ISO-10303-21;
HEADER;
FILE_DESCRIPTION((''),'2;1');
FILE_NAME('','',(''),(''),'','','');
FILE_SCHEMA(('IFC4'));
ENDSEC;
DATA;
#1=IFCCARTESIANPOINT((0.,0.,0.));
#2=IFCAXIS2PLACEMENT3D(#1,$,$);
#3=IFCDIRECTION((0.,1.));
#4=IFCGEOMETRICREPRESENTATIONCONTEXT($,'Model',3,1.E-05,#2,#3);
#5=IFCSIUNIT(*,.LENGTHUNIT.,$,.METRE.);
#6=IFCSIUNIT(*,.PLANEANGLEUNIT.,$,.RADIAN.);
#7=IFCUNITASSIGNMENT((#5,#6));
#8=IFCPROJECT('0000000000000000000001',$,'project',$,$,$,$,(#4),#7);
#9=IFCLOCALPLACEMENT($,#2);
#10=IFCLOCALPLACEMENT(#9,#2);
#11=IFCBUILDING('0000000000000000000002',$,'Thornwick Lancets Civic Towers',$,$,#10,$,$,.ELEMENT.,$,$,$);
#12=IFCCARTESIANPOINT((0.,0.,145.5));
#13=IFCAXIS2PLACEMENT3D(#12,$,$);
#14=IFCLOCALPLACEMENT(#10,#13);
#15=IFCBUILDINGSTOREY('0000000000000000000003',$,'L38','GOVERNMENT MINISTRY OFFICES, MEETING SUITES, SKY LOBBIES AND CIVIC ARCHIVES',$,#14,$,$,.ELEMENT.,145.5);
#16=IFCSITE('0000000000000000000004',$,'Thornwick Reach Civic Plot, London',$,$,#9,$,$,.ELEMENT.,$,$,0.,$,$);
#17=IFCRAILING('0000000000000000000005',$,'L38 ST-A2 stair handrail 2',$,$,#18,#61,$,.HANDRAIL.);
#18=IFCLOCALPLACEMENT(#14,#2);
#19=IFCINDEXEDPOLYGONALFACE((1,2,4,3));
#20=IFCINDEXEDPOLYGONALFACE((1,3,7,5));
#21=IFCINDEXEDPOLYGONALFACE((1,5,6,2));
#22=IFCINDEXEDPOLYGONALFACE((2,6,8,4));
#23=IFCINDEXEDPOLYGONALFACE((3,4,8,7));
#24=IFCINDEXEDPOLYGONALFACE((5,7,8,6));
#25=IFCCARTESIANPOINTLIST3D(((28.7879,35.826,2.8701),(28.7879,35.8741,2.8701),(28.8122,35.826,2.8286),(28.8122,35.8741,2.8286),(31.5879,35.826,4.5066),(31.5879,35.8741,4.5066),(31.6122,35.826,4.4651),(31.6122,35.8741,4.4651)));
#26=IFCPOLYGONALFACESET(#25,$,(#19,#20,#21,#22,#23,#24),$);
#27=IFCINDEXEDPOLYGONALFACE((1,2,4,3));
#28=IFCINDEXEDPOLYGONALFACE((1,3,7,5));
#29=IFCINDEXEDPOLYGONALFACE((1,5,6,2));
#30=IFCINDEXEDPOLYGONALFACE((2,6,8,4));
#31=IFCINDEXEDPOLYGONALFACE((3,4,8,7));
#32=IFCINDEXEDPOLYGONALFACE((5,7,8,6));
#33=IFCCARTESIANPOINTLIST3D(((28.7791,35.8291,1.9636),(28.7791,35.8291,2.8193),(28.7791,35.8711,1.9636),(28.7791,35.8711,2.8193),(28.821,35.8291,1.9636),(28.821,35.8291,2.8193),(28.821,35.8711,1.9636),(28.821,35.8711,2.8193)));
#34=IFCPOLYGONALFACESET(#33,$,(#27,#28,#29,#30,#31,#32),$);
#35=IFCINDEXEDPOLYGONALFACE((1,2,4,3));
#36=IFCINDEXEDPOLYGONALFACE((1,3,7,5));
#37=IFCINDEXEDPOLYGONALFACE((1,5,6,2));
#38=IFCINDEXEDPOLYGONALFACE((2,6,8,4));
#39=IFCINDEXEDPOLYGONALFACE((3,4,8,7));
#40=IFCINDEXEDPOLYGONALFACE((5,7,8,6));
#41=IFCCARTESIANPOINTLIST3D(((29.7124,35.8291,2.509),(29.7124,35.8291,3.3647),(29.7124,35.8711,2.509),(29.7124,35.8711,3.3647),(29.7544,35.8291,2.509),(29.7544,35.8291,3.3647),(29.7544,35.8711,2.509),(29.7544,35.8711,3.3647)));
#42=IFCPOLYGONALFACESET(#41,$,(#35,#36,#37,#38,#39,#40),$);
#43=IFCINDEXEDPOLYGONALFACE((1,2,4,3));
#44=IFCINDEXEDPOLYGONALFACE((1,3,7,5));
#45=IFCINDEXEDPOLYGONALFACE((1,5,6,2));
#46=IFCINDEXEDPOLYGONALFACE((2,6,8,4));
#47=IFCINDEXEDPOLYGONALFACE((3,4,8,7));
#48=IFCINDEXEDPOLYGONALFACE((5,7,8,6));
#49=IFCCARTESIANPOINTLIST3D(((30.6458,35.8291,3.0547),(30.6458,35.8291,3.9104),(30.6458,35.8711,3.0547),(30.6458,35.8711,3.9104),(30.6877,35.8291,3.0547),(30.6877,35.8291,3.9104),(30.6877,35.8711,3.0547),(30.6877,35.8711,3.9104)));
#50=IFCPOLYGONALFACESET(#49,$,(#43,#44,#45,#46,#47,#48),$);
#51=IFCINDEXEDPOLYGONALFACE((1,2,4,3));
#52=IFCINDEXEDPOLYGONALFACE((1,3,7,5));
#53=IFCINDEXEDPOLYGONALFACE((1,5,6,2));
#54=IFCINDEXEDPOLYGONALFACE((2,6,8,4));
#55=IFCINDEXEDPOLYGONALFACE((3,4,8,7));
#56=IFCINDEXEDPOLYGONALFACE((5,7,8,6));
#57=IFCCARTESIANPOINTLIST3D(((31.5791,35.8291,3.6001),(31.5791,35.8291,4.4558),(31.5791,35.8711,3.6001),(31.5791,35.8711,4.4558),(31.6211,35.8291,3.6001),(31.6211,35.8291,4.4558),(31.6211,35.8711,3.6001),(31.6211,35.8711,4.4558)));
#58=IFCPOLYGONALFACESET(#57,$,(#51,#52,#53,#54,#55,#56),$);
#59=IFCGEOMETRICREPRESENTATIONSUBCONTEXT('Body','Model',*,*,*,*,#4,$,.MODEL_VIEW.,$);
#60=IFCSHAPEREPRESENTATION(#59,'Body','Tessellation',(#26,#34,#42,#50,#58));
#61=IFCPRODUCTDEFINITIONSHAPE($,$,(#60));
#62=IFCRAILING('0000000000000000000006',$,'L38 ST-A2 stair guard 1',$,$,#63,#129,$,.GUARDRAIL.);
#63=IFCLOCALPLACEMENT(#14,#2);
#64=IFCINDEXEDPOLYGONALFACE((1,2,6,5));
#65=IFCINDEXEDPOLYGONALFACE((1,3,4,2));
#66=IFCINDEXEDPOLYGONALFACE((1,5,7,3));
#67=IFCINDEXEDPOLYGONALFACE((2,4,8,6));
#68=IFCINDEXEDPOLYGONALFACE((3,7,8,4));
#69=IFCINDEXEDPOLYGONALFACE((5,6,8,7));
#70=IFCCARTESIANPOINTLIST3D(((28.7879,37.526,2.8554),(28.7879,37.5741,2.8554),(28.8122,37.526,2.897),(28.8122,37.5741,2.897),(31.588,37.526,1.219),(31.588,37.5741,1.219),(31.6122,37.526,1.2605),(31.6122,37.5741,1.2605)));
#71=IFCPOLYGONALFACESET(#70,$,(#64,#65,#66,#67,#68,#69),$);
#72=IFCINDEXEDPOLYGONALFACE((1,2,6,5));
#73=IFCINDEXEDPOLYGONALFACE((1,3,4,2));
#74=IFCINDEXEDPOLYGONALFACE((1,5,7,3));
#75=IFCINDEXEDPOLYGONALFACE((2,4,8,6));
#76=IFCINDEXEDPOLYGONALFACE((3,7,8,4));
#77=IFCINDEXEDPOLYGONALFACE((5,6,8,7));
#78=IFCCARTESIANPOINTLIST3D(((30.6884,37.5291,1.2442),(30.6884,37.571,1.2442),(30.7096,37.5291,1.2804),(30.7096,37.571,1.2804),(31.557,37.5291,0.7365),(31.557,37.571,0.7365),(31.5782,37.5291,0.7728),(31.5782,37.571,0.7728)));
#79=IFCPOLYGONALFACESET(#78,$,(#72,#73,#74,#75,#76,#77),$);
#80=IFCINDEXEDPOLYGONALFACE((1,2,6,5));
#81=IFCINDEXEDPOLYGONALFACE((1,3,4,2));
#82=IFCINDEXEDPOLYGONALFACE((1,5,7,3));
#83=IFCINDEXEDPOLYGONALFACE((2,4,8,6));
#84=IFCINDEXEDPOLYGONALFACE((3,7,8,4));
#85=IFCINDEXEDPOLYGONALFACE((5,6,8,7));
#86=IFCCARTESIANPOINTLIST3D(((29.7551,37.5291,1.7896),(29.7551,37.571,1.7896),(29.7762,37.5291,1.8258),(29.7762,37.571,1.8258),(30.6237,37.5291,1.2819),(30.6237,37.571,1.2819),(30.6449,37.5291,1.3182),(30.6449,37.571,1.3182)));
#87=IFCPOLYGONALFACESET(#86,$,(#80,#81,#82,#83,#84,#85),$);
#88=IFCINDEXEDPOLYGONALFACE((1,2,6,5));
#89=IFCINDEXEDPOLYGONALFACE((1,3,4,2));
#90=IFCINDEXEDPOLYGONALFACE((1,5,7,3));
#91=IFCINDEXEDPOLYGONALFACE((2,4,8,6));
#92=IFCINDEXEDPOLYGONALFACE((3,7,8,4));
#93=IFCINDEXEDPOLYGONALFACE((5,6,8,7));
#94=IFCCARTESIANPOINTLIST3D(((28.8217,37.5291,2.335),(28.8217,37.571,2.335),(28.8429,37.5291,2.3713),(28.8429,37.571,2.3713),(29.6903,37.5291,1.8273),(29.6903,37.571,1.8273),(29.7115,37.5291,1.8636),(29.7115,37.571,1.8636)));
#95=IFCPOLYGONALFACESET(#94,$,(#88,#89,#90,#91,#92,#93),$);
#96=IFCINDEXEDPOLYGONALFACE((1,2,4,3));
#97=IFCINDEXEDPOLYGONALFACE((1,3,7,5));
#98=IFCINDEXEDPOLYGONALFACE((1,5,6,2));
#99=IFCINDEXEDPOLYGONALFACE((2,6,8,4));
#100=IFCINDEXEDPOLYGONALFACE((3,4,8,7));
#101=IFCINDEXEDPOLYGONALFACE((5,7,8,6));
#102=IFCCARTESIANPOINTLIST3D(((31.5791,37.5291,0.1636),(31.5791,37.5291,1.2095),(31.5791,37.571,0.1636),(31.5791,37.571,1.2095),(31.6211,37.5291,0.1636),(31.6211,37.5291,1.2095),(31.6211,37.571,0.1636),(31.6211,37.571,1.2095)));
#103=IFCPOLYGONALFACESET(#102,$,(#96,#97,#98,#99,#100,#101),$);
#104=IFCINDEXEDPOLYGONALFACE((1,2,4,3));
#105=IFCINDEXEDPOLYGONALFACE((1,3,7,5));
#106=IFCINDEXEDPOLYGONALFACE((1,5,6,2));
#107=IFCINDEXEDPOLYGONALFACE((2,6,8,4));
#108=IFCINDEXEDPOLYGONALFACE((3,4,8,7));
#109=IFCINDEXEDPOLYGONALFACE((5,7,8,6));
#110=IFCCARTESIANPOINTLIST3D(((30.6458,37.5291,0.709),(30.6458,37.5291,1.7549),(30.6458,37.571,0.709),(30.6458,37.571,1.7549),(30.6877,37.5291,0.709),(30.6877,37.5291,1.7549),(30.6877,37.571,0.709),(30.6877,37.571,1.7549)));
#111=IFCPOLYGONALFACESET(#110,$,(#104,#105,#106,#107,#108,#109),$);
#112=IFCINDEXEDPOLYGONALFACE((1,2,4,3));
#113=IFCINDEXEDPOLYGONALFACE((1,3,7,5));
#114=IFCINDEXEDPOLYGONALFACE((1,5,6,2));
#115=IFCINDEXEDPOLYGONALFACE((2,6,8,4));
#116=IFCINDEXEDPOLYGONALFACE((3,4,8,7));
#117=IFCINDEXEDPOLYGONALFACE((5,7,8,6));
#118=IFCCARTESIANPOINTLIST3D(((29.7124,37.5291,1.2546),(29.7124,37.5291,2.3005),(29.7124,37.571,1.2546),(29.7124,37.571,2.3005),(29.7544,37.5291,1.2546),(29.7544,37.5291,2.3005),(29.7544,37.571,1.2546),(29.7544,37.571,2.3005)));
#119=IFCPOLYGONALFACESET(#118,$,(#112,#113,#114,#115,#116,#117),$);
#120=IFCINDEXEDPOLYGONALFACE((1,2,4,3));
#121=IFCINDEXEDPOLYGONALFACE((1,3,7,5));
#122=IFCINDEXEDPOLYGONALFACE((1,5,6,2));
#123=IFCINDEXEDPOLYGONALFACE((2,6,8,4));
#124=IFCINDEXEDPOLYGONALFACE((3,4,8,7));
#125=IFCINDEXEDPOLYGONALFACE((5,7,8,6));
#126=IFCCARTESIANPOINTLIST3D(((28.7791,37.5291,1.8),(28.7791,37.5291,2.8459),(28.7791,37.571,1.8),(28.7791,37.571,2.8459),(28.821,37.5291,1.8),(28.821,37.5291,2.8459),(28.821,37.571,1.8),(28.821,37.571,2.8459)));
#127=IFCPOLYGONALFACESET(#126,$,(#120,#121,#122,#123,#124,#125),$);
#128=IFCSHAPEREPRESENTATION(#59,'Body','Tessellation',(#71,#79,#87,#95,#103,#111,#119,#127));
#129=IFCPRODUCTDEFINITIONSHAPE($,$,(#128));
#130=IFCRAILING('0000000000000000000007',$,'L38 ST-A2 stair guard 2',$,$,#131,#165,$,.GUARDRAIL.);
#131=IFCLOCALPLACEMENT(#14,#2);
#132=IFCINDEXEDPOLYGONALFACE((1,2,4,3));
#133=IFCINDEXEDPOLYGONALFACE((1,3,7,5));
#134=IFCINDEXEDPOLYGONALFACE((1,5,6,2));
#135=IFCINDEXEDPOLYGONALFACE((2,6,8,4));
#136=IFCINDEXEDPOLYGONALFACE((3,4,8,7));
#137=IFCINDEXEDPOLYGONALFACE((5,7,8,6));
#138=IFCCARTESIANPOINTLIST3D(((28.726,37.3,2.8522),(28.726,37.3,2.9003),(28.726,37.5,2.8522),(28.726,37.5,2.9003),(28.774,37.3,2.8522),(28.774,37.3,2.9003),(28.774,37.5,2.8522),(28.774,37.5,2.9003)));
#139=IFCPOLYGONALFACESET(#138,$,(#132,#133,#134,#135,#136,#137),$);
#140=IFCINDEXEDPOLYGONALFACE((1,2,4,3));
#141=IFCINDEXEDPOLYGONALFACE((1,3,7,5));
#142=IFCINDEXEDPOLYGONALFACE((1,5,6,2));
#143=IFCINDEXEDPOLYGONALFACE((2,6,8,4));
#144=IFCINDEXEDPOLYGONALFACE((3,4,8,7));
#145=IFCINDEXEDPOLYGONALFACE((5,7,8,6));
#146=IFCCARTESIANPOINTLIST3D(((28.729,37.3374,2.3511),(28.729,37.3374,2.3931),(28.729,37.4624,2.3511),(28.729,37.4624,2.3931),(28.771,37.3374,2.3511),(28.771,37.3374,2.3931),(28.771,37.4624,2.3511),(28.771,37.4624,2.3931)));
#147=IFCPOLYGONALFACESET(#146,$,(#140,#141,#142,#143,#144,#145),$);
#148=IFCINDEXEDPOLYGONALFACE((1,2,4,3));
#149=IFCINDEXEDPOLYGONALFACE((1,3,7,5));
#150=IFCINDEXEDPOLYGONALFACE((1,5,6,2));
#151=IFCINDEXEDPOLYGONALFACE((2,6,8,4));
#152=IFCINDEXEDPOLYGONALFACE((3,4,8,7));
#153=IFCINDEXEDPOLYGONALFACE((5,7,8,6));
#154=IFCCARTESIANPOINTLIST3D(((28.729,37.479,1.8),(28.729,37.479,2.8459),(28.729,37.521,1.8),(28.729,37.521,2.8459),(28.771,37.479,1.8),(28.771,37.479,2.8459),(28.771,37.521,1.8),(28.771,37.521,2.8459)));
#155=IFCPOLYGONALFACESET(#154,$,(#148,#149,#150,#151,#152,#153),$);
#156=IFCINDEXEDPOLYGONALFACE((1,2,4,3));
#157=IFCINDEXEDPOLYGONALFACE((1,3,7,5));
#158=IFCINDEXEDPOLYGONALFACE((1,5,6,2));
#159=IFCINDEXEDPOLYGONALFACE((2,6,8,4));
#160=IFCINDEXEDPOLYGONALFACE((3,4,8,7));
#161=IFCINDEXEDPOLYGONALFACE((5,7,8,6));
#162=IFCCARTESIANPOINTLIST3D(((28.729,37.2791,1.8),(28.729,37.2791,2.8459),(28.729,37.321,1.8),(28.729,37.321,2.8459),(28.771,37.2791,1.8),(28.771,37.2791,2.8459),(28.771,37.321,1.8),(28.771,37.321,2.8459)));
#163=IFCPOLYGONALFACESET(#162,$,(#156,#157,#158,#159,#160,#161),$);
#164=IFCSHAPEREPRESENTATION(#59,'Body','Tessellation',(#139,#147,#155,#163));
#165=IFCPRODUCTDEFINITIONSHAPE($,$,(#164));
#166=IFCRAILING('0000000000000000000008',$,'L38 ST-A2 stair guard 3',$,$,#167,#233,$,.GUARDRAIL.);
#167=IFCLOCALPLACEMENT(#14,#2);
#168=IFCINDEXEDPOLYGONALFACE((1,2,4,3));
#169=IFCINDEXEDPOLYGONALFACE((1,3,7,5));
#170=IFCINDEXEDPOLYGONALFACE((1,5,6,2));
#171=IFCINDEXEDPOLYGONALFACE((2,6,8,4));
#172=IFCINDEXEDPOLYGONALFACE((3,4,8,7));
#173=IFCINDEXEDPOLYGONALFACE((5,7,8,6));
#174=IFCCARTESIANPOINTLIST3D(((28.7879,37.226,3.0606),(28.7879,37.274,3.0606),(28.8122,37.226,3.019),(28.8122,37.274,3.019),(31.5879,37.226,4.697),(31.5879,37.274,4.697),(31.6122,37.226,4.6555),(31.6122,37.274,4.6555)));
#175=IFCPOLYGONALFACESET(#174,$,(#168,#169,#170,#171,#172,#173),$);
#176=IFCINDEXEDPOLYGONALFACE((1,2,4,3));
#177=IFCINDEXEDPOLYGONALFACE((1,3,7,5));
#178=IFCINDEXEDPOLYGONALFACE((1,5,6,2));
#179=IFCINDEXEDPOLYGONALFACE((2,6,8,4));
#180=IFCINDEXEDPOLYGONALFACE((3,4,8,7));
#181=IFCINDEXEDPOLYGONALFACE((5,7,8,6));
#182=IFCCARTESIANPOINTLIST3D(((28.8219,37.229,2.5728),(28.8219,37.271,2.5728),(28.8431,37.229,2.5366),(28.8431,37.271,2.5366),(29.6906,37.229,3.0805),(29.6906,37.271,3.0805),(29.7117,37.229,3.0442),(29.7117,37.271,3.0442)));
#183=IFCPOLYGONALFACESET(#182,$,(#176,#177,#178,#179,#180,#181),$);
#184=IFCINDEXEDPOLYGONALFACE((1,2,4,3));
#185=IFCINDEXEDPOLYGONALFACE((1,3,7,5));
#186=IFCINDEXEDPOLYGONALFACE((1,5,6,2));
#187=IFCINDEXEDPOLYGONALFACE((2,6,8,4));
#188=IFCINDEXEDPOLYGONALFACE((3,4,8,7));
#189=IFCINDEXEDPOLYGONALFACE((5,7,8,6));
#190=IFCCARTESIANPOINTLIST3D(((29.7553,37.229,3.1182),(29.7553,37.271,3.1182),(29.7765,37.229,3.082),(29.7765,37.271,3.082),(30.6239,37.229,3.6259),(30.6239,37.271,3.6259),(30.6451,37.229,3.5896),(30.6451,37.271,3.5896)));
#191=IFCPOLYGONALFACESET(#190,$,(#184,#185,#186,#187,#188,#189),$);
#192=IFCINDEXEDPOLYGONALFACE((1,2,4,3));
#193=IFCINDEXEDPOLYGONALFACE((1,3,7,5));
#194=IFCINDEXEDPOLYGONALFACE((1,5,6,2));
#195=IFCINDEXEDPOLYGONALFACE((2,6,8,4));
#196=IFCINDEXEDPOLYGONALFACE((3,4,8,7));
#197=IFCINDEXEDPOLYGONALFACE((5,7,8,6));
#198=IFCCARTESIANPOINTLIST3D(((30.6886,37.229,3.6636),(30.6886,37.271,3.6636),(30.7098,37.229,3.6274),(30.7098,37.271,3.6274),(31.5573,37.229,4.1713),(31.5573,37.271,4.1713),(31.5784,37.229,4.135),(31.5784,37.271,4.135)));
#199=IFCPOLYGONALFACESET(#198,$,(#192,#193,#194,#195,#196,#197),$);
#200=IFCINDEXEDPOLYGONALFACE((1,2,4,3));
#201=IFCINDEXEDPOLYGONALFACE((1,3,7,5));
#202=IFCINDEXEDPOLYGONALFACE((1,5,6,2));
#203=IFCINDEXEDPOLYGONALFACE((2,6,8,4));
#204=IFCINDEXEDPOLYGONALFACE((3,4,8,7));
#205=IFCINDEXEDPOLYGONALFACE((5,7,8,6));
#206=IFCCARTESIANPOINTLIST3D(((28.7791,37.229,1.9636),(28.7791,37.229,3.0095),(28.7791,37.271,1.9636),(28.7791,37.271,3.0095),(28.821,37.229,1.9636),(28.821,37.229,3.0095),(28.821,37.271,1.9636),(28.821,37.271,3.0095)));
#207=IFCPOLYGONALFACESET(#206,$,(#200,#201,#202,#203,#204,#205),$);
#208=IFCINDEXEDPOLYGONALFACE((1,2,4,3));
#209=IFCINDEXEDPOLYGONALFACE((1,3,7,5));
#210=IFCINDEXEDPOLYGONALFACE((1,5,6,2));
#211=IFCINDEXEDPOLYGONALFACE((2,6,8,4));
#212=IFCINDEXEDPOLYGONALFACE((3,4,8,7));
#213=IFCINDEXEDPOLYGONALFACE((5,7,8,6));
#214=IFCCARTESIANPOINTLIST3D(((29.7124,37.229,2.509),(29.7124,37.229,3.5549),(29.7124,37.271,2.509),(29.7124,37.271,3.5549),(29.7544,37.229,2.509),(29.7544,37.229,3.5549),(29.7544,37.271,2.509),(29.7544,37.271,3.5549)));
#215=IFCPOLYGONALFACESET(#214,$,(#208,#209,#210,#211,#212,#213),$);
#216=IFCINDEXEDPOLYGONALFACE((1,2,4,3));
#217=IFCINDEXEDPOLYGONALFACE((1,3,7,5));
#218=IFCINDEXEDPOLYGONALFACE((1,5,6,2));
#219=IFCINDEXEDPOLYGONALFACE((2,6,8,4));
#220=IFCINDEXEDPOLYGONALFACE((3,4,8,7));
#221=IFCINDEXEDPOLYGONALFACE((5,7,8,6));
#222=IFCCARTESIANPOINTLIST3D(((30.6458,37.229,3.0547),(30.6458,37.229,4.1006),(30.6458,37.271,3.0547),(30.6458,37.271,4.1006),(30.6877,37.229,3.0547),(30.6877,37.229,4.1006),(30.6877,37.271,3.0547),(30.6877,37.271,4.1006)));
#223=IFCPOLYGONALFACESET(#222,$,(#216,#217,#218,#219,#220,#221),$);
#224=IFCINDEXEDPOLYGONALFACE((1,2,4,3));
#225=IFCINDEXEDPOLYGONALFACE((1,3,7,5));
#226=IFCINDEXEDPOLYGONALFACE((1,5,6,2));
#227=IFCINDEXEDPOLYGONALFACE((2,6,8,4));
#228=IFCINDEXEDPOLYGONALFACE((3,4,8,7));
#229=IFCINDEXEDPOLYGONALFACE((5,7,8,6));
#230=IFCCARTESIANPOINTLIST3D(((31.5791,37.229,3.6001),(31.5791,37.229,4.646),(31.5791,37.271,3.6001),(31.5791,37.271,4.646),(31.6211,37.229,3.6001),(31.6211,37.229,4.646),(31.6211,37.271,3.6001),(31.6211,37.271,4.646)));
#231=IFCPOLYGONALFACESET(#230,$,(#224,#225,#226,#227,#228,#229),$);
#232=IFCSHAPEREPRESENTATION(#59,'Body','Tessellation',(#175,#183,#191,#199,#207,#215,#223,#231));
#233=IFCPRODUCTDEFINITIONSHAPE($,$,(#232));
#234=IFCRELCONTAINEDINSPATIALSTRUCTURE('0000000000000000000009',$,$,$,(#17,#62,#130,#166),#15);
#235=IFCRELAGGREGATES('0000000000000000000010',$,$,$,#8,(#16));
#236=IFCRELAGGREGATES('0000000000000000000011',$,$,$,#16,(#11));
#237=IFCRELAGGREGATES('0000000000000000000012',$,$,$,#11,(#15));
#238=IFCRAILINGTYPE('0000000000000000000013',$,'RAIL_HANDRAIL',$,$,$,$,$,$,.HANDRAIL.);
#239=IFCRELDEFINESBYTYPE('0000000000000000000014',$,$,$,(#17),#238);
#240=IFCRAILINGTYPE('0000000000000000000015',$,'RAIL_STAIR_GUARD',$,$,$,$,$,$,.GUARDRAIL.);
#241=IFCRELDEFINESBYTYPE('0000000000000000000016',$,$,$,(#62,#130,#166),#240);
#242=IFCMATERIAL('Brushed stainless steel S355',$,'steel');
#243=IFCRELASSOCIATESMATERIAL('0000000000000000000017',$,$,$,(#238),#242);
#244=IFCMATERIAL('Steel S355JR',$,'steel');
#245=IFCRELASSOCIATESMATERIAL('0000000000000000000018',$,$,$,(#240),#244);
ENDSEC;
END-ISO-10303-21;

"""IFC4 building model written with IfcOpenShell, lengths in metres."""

from ifc_helpers import new_model, si_unit, direction, frame, origin, origin_2d, place, context, subcontext, project, spatial, rectangle, extrude, material, type_object, element, save


model = new_model("IFC4")

# Units and contexts
model_context = context("Model", 3, precision=1e-05, world=origin(), true_north=direction((0.0, 1.0)))
body_context = subcontext(model_context, "Body", "Model", "MODEL_VIEW")
ifc_project = project(units=[si_unit("LENGTHUNIT", "METRE"), si_unit("PLANEANGLEUNIT", "RADIAN")], contexts=[model_context])

# Site, building, storey
site_placement = place(None, origin())
site = spatial("IfcSite", under=ifc_project, at=site_placement, Name="Thornwick Reach Civic Plot, London", CompositionType="ELEMENT", RefElevation=0.0)
building_placement = place(site_placement, origin())
building = spatial("IfcBuilding", under=site, at=building_placement, Name="Thornwick Lancets Civic Towers", CompositionType="ELEMENT")
storey_placement = place(building_placement, frame((0.0, 0.0, 145.5)))
storey = spatial("IfcBuildingStorey", under=building, at=storey_placement, Name="L38", Description="GOVERNMENT MINISTRY OFFICES, MEETING SUITES, SKY LOBBIES AND CIVIC ARCHIVES", CompositionType="ELEMENT", Elevation=145.5)

# Shared definitions
ifc_material_1 = material(Name="Steel S355JR", Category="steel")

# Railings
ifc_material_2 = material(Name="Brushed stainless steel S355", Category="steel")
railing_type_1 = type_object("IfcRailingType", Name="RAIL_HANDRAIL", PredefinedType="HANDRAIL", material=ifc_material_2)
railing_1_placement = place(storey_placement, frame((28.8, 35.8501, 1.9636)))
element("IfcRailing", 1, at=railing_1_placement, inside=storey, type_object=railing_type_1, Name="L38 ST-A2 stair handrail 2", PredefinedType="HANDRAIL", context=body_context, shape_type="SweptSolid", body=[
    extrude(rectangle(XDim=0.0481, YDim=0.0481, at=origin_2d()), frame((0.0, 0.0, 0.8857), z_axis=(0.863361, 0.0, 0.504587), x_axis=(0.0, 1.0, 0.0)), (0.0, 0.0, 1.0), 3.2432),
    extrude(rectangle(XDim=0.042, YDim=0.042, at=origin_2d()), origin(), (0.0, 0.0, 1.0), 0.8557),
    extrude(rectangle(XDim=0.042, YDim=0.042, at=origin_2d()), frame((0.9333, 0.0, 0.5454)), (0.0, 0.0, 1.0), 0.8557),
    extrude(rectangle(XDim=0.042, YDim=0.042, at=origin_2d()), frame((1.8667, 0.0, 1.0911)), (0.0, 0.0, 1.0), 0.8557),
    extrude(rectangle(XDim=0.042, YDim=0.042, at=origin_2d()), frame((2.8, 0.0, 1.6365)), (0.0, 0.0, 1.0), 0.8557),
])
railing_type_2 = type_object("IfcRailingType", Name="RAIL_STAIR_GUARD", PredefinedType="GUARDRAIL", material=ifc_material_1)
railing_2_placement = place(storey_placement, frame((31.6001, 37.55, 0.1636)))
element("IfcRailing", 2, at=railing_2_placement, inside=storey, type_object=railing_type_2, Name="L38 ST-A2 stair guard 1", PredefinedType="GUARDRAIL", context=body_context, shape_type="SweptSolid", body=[
    extrude(rectangle(XDim=0.0481, YDim=0.0481, at=origin_2d()), frame((0.0, 0.0, 1.0762), z_axis=(-0.863361, 0.0, 0.504587), x_axis=(0.0, -1.0, 0.0)), (0.0, 0.0, 1.0), 3.2432),
    extrude(rectangle(XDim=0.042, YDim=0.042, at=origin_2d()), frame((-0.0325, 0.0, 0.5911), z_axis=(-0.863361, 0.0, 0.504587), x_axis=(0.0, -1.0, 0.0)), (0.0, 0.0, 1.0), 1.0061),
    extrude(rectangle(XDim=0.042, YDim=0.042, at=origin_2d()), frame((-0.9658, 0.0, 1.1365), z_axis=(-0.863361, 0.0, 0.504587), x_axis=(0.0, -1.0, 0.0)), (0.0, 0.0, 1.0), 1.0061),
    extrude(rectangle(XDim=0.042, YDim=0.042, at=origin_2d()), frame((-1.8992, 0.0, 1.6819), z_axis=(-0.863361, 0.0, 0.504587), x_axis=(0.0, -1.0, 0.0)), (0.0, 0.0, 1.0), 1.0061),
    extrude(rectangle(XDim=0.042, YDim=0.042, at=origin_2d()), origin(), (0.0, 0.0, 1.0), 1.0459),
    extrude(rectangle(XDim=0.042, YDim=0.042, at=origin_2d()), frame((-0.9333, 0.0, 0.5454)), (0.0, 0.0, 1.0), 1.0459),
    extrude(rectangle(XDim=0.042, YDim=0.042, at=origin_2d()), frame((-1.8667, 0.0, 1.0911)), (0.0, 0.0, 1.0), 1.0459),
    extrude(rectangle(XDim=0.042, YDim=0.042, at=origin_2d()), frame((-2.8, 0.0, 1.6365)), (0.0, 0.0, 1.0), 1.0459),
])
railing_3_placement = place(storey_placement, frame((28.75, 37.5, 1.8)))
element("IfcRailing", 3, at=railing_3_placement, inside=storey, type_object=railing_type_2, Name="L38 ST-A2 stair guard 2", PredefinedType="GUARDRAIL", context=body_context, shape_type="SweptSolid", body=[
    extrude(rectangle(XDim=0.0481, YDim=0.0481, at=origin_2d()), frame((0.0, 0.0, 1.0762), z_axis=(0.0, -1.0, 0.0), x_axis=(1.0, 0.0, 0.0)), (0.0, 0.0, 1.0), 0.2),
    extrude(rectangle(XDim=0.042, YDim=0.042, at=origin_2d()), frame((0.0, -0.0376, 0.572), z_axis=(0.0, -1.0, 0.0), x_axis=(1.0, 0.0, 0.0)), (0.0, 0.0, 1.0), 0.125),
    extrude(rectangle(XDim=0.042, YDim=0.042, at=origin_2d()), origin(), (0.0, 0.0, 1.0), 1.0459),
    extrude(rectangle(XDim=0.042, YDim=0.042, at=origin_2d()), frame((0.0, -0.2, 0.0)), (0.0, 0.0, 1.0), 1.0459),
])
railing_4_placement = place(storey_placement, frame((28.8, 37.25, 1.9636)))
element("IfcRailing", 4, at=railing_4_placement, inside=storey, type_object=railing_type_2, Name="L38 ST-A2 stair guard 3", PredefinedType="GUARDRAIL", context=body_context, shape_type="SweptSolid", body=[
    extrude(rectangle(XDim=0.0481, YDim=0.0481, at=origin_2d()), frame((0.0, 0.0, 1.0762), z_axis=(0.863361, 0.0, 0.504587), x_axis=(0.0, 1.0, 0.0)), (0.0, 0.0, 1.0), 3.2432),
    extrude(rectangle(XDim=0.042, YDim=0.042, at=origin_2d()), frame((0.0325, 0.0, 0.5911), z_axis=(0.863361, 0.0, 0.504587), x_axis=(0.0, 1.0, 0.0)), (0.0, 0.0, 1.0), 1.0061),
    extrude(rectangle(XDim=0.042, YDim=0.042, at=origin_2d()), frame((0.9658, 0.0, 1.1365), z_axis=(0.863361, 0.0, 0.504587), x_axis=(0.0, 1.0, 0.0)), (0.0, 0.0, 1.0), 1.0061),
    extrude(rectangle(XDim=0.042, YDim=0.042, at=origin_2d()), frame((1.8992, 0.0, 1.6819), z_axis=(0.863361, 0.0, 0.504587), x_axis=(0.0, 1.0, 0.0)), (0.0, 0.0, 1.0), 1.0061),
    extrude(rectangle(XDim=0.042, YDim=0.042, at=origin_2d()), origin(), (0.0, 0.0, 1.0), 1.0459),
    extrude(rectangle(XDim=0.042, YDim=0.042, at=origin_2d()), frame((0.9333, 0.0, 0.5454)), (0.0, 0.0, 1.0), 1.0459),
    extrude(rectangle(XDim=0.042, YDim=0.042, at=origin_2d()), frame((1.8667, 0.0, 1.0911)), (0.0, 0.0, 1.0), 1.0459),
    extrude(rectangle(XDim=0.042, YDim=0.042, at=origin_2d()), frame((2.8, 0.0, 1.6365)), (0.0, 0.0, 1.0), 1.0459),
])

save(model, "model.ifc")
